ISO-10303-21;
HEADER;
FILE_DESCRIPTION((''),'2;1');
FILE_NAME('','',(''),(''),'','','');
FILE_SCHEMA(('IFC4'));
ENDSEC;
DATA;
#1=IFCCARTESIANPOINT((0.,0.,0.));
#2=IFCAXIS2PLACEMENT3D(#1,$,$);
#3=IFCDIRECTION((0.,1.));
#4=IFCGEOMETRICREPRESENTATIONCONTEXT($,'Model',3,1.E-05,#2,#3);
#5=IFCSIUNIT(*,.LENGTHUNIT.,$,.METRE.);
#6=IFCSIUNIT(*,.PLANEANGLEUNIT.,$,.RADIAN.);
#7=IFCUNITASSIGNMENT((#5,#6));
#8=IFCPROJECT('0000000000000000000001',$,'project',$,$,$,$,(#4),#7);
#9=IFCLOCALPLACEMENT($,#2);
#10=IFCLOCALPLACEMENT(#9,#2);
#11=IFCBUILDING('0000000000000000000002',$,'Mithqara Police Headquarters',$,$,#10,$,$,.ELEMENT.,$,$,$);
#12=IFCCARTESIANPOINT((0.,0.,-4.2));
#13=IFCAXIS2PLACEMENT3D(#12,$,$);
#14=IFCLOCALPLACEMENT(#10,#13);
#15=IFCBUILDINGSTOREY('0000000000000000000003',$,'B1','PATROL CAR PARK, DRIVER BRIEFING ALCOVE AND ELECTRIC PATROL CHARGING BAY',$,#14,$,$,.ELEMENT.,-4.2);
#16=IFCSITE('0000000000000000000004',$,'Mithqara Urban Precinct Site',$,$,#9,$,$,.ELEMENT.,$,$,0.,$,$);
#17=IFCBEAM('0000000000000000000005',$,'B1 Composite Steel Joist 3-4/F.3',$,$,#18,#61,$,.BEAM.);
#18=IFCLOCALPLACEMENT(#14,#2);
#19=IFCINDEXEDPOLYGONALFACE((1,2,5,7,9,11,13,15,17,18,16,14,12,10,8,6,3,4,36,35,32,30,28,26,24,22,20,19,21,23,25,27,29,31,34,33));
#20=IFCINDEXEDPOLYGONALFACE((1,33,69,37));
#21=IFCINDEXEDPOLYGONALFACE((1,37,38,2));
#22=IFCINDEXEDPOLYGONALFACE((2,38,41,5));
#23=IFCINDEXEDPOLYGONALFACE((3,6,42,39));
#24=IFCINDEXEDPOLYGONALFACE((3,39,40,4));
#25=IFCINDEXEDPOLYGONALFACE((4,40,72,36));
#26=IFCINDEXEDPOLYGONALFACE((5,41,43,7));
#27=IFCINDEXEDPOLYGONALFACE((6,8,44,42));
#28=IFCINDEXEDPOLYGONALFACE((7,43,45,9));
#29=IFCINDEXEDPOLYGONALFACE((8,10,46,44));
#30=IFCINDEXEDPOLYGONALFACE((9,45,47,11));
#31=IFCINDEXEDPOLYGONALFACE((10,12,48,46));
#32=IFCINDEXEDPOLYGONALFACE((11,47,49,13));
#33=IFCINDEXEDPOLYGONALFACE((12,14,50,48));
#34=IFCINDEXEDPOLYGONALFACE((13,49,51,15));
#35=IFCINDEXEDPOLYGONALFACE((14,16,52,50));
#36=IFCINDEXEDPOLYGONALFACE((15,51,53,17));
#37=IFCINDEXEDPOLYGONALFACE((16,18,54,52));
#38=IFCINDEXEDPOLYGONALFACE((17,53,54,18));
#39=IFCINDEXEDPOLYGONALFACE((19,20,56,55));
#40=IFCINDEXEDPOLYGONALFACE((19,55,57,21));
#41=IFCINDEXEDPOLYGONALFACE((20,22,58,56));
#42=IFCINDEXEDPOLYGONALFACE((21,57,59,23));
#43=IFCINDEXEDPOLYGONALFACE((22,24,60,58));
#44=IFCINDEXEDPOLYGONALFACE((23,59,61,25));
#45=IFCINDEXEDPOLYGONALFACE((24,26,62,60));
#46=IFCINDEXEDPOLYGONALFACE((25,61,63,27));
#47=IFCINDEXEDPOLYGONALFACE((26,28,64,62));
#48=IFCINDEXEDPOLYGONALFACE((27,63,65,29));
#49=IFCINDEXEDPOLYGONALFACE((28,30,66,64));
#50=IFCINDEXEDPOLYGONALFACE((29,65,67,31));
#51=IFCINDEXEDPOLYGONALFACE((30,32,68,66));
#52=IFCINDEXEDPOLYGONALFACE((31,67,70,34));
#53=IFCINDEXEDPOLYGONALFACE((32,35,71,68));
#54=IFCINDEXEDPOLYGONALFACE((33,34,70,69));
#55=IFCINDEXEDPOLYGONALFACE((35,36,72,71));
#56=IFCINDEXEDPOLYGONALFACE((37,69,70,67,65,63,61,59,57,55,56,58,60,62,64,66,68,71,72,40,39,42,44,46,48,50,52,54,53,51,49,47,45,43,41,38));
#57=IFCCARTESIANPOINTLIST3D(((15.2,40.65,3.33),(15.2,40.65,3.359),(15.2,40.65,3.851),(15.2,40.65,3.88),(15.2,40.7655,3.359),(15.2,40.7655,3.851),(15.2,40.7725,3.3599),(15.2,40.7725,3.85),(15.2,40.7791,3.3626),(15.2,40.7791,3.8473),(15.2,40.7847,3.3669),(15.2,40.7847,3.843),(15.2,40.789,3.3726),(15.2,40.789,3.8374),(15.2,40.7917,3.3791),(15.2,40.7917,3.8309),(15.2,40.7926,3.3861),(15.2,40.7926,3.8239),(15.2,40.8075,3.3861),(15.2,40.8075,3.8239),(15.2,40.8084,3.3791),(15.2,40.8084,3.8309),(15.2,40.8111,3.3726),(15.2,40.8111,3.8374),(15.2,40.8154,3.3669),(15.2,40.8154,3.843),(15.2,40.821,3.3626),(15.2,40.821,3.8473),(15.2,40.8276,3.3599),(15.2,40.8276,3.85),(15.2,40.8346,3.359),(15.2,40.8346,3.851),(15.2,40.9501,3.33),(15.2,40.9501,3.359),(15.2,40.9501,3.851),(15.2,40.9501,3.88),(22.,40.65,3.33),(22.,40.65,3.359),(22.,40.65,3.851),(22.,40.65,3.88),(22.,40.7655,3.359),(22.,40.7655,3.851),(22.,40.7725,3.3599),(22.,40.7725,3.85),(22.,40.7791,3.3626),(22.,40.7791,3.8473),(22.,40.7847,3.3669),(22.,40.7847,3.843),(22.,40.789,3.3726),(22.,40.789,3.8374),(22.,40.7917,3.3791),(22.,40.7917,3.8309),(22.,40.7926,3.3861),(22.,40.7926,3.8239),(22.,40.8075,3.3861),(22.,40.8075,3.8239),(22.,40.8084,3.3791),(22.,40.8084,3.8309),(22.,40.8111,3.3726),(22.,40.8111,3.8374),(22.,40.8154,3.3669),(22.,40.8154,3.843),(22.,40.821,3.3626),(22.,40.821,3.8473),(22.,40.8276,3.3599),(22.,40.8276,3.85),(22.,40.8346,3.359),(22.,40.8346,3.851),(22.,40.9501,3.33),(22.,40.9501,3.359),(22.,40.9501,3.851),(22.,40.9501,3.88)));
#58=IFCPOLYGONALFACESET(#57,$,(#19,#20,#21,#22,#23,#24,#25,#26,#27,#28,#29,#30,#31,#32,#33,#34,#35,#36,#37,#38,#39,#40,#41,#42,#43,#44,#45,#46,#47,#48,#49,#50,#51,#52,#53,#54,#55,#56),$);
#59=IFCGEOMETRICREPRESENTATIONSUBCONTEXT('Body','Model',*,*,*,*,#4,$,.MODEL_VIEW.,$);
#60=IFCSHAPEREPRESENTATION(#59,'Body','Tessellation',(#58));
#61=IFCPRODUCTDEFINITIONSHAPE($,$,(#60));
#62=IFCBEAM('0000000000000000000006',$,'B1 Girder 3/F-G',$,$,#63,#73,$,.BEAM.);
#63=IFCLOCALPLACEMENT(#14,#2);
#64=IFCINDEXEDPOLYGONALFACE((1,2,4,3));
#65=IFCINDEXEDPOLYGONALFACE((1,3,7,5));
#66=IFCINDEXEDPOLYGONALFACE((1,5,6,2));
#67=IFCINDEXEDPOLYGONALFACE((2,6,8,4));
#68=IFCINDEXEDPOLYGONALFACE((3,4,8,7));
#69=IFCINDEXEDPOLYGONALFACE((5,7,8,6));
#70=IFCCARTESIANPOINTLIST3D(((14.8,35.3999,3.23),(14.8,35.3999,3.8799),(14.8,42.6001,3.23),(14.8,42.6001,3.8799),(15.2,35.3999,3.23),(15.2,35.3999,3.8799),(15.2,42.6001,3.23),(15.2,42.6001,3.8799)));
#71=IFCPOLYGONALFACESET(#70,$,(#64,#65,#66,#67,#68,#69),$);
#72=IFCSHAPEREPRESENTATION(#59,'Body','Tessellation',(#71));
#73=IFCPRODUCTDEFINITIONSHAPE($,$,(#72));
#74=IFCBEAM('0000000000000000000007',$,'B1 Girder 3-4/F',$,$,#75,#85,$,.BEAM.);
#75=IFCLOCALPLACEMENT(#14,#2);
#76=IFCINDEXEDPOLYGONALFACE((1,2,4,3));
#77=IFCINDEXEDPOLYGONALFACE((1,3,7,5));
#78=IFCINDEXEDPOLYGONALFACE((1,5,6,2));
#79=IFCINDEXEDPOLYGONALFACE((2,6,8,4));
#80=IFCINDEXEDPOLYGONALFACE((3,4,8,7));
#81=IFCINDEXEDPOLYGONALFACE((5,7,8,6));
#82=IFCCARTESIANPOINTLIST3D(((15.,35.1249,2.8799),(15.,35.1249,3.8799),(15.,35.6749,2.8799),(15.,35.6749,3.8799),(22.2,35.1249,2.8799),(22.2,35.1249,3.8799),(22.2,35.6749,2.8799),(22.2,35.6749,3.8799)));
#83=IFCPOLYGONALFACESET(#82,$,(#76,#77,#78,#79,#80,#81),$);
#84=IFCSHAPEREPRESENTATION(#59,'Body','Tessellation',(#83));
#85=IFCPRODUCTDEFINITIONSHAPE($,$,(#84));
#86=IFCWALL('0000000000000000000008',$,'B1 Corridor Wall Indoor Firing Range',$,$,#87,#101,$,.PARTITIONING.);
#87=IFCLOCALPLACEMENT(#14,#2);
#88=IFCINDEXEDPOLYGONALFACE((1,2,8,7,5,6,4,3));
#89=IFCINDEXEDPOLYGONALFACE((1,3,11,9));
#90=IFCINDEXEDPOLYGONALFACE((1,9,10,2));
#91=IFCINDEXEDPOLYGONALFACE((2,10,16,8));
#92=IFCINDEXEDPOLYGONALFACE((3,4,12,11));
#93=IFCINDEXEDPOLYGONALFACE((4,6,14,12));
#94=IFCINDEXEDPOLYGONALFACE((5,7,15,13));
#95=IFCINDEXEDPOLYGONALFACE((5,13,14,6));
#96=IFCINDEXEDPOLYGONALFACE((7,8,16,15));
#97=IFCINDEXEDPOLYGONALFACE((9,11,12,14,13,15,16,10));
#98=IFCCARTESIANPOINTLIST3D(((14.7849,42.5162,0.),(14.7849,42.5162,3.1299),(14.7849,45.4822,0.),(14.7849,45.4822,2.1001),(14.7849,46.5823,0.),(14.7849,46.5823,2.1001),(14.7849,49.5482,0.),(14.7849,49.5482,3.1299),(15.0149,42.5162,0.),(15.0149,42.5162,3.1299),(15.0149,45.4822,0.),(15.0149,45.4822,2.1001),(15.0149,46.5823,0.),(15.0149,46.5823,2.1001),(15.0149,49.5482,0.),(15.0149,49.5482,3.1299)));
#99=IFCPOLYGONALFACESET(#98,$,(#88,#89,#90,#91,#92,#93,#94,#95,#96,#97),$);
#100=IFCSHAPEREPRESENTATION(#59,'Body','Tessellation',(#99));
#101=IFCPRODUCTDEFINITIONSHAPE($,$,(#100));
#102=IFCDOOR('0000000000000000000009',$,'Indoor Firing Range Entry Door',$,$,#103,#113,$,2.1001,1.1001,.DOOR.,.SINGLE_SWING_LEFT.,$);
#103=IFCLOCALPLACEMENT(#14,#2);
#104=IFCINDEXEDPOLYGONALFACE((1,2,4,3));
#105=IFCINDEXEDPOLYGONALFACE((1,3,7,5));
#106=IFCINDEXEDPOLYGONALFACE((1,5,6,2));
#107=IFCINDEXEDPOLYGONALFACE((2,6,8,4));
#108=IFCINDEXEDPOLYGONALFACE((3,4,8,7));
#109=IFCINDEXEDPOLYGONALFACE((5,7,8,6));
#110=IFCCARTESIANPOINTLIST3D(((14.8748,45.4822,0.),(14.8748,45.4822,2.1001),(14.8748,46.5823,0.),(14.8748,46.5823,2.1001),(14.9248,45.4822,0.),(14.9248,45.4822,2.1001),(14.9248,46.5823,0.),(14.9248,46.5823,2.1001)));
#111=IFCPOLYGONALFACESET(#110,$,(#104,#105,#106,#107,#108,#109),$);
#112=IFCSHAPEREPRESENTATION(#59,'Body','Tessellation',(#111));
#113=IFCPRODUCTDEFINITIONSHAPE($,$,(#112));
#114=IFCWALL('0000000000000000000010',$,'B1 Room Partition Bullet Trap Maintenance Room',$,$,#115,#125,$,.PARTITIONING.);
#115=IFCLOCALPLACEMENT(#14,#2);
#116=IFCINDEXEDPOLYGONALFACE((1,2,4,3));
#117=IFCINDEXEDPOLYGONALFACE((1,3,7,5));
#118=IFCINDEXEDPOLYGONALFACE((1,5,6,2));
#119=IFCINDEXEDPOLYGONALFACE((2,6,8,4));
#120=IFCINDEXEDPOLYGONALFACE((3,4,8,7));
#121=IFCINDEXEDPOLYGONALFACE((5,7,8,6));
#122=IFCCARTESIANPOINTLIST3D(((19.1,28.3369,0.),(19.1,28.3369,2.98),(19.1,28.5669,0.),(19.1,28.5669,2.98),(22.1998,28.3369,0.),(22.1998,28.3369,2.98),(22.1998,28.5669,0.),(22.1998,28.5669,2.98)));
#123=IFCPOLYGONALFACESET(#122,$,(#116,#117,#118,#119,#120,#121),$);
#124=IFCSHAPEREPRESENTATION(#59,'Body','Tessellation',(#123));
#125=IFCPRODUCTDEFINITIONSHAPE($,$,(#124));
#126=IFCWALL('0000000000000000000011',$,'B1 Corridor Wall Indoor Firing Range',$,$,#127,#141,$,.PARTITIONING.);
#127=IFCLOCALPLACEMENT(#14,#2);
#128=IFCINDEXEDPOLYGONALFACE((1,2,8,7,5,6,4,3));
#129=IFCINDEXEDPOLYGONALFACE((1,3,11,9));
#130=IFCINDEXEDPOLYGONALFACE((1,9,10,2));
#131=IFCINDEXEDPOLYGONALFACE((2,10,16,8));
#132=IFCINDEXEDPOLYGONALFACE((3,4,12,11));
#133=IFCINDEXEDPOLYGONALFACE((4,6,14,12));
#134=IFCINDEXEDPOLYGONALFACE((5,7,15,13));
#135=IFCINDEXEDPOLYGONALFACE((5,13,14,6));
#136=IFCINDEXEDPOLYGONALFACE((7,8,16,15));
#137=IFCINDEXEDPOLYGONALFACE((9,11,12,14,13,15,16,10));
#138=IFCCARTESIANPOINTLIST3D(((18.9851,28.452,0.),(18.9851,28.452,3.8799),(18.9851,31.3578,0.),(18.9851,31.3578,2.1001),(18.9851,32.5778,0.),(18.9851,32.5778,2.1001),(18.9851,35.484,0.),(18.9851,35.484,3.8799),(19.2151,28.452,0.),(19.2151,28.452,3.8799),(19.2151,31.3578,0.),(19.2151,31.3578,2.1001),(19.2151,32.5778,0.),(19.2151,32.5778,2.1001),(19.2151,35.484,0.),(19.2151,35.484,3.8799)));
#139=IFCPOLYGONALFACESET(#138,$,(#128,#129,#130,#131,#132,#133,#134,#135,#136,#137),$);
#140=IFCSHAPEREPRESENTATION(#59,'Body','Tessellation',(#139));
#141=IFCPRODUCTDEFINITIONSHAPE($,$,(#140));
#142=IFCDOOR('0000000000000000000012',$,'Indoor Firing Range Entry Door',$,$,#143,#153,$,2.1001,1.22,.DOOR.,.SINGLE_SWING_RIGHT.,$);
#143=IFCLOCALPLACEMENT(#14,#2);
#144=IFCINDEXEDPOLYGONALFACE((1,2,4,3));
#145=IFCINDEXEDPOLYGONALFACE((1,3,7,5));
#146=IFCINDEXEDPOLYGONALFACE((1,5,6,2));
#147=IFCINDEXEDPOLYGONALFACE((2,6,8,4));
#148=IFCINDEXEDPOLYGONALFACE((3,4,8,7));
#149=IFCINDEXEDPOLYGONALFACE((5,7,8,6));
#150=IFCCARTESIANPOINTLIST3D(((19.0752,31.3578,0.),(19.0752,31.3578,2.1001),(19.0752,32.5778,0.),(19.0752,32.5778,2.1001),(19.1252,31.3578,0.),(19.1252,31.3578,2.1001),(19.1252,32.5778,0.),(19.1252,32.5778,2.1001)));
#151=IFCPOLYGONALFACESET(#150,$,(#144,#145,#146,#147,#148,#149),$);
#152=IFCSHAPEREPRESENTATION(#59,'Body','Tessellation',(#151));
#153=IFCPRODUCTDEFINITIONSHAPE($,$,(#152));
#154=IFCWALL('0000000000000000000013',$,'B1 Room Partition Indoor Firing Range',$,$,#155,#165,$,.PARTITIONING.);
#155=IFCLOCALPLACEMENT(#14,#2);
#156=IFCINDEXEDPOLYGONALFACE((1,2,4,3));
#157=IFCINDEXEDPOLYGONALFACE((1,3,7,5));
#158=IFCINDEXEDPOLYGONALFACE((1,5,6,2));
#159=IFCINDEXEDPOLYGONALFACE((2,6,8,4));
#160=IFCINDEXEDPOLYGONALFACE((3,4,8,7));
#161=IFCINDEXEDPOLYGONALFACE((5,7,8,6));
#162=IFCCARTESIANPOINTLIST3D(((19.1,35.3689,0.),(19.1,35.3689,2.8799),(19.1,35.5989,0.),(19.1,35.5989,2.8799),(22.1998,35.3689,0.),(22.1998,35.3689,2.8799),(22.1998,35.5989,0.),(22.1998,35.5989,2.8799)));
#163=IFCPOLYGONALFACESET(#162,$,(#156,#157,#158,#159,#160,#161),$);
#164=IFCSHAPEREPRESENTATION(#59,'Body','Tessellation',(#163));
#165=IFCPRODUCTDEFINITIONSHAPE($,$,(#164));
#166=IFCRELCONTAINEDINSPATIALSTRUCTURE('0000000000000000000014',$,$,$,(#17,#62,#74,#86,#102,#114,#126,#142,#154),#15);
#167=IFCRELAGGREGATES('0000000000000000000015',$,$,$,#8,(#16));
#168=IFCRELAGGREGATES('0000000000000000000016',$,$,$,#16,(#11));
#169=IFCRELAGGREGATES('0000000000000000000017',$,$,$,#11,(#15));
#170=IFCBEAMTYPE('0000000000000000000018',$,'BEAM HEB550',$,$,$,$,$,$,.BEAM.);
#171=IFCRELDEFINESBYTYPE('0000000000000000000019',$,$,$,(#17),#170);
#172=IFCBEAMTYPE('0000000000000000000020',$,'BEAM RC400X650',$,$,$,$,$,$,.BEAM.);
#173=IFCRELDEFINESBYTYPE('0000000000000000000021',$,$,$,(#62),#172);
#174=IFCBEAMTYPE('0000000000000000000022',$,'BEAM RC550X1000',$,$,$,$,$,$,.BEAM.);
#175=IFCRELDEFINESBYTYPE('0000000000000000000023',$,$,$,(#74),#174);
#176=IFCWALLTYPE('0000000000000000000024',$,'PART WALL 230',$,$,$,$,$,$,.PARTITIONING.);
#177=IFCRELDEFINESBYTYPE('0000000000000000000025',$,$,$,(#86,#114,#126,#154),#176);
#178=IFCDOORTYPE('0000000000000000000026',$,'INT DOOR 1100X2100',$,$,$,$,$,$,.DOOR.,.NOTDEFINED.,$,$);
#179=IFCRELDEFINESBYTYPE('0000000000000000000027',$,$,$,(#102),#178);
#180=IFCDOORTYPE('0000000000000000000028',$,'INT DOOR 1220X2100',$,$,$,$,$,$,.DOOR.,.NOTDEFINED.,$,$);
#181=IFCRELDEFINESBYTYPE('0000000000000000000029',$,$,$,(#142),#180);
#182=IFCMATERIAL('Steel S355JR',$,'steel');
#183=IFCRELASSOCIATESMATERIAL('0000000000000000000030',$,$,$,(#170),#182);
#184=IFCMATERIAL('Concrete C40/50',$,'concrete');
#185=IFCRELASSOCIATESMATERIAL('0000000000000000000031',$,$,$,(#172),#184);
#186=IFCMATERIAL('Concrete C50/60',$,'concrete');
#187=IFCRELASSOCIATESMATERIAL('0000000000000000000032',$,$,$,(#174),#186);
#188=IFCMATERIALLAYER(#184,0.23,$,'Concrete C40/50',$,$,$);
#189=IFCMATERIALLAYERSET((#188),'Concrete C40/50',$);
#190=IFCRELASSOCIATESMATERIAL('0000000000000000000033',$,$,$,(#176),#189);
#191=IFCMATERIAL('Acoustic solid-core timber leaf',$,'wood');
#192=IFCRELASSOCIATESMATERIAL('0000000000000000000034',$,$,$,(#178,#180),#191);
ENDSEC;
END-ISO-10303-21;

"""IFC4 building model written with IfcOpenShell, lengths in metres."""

from ifc_helpers import new_model, si_unit, direction, frame, frame_2d, origin, origin_2d, place, context, subcontext, project, spatial, rectangle, i_section, extrude, material, layer, layer_set, material_profile, profile_set, type_object, element, fill, save


model = new_model("IFC4")

# Units and contexts
model_context = context("Model", 3, precision=1e-05, world=origin(), true_north=direction((0.0, 1.0)))
body_context = subcontext(model_context, "Body", "Model", "MODEL_VIEW")
ifc_project = project(units=[si_unit("LENGTHUNIT", "METRE"), si_unit("PLANEANGLEUNIT", "RADIAN")], contexts=[model_context])

# Site, building, storey
site_placement = place(None, origin())
site = spatial("IfcSite", under=ifc_project, at=site_placement, Name="Mithqara Urban Precinct Site", CompositionType="ELEMENT", RefElevation=0.0)
building_placement = place(site_placement, origin())
building = spatial("IfcBuilding", under=site, at=building_placement, Name="Mithqara Police Headquarters", CompositionType="ELEMENT")
storey_placement = place(building_placement, frame((0.0, 0.0, -4.2)))
storey = spatial("IfcBuildingStorey", under=building, at=storey_placement, Name="B1", Description="PATROL CAR PARK, DRIVER BRIEFING ALCOVE AND ELECTRIC PATROL CHARGING BAY", CompositionType="ELEMENT", Elevation=-4.2)

# Shared definitions
ifc_material_1 = material(Name="Concrete C40/50", Category="concrete")

# Shared definitions
ifc_material_2 = material(Name="Concrete C50/60", Category="concrete")

# Beams
ifc_material_3 = material(Name="Steel S355JR", Category="steel")
ifc_material_profile_1 = material_profile(ifc_material_3, i_section(OverallWidth=0.3, OverallDepth=0.55, WebThickness=0.0149, FlangeThickness=0.0291, FilletRadius=0.0271, at=origin_2d()), Name="HEB 550")
ifc_profile_set_1 = profile_set([ifc_material_profile_1], Name="Steel S355JR")
beam_type_1 = type_object("IfcBeamType", Name="BEAM HEB550", PredefinedType="BEAM", material=ifc_profile_set_1)
for number, where, z_axis, x_axis, name in (
    (1, (15.2, 40.8, 3.605), (1.0, 0.0, 0.0), (0.0, 1.0, 0.0), "B1 Composite Steel Joist 3-4/F.3"),
):
    element("IfcBeam", number, at=place(storey_placement, frame(where, z_axis=z_axis, x_axis=x_axis)), inside=storey, type_object=beam_type_1, Name=name, PredefinedType="BEAM", context=body_context, shape_type="SweptSolid", body=[
        extrude(i_section(OverallWidth=0.3, OverallDepth=0.55, WebThickness=0.0149, FlangeThickness=0.0291, FilletRadius=0.0271, at=origin_2d()), origin(), (0.0, 0.0, 1.0), 6.8),
    ])
ifc_material_profile_2 = material_profile(ifc_material_1, rectangle(XDim=0.3999, YDim=0.6499, at=origin_2d()), Name="RC 400x650")
ifc_profile_set_2 = profile_set([ifc_material_profile_2], Name="Concrete C40/50")
beam_type_2 = type_object("IfcBeamType", Name="BEAM RC400X650", PredefinedType="BEAM", material=ifc_profile_set_2)
beam_1_placement = place(storey_placement, frame((15.0, 35.3999, 3.5549), z_axis=(0.0, 1.0, 0.0), x_axis=(-1.0, 0.0, 0.0)))
element("IfcBeam", 2, at=beam_1_placement, inside=storey, type_object=beam_type_2, Name="B1 Girder 3/F-G", PredefinedType="BEAM", context=body_context, shape_type="SweptSolid", body=[
    extrude(rectangle(XDim=0.3999, YDim=0.6499, at=origin_2d()), origin(), (0.0, 0.0, 1.0), 7.2002),
])
ifc_material_profile_3 = material_profile(ifc_material_2, rectangle(XDim=0.55, YDim=1.0, at=origin_2d()), Name="RC 550x1000")
ifc_profile_set_3 = profile_set([ifc_material_profile_3], Name="Concrete C50/60")
beam_type_3 = type_object("IfcBeamType", Name="BEAM RC550X1000", PredefinedType="BEAM", material=ifc_profile_set_3)
beam_2_placement = place(storey_placement, frame((15.0, 35.3999, 3.3799), z_axis=(1.0, 0.0, 0.0), x_axis=(0.0, 1.0, 0.0)))
element("IfcBeam", 3, at=beam_2_placement, inside=storey, type_object=beam_type_3, Name="B1 Girder 3-4/F", PredefinedType="BEAM", context=body_context, shape_type="SweptSolid", body=[
    extrude(rectangle(XDim=0.55, YDim=1.0, at=origin_2d()), origin(), (0.0, 0.0, 1.0), 7.2),
])

# Wall, opening, door
ifc_layer = layer(ifc_material_1, 0.23, Name="Concrete C40/50")
ifc_layer_set = layer_set([ifc_layer], Name="Concrete C40/50")
wall_type = type_object("IfcWallType", Name="PART WALL 230", PredefinedType="PARTITIONING", material=ifc_layer_set)
wall_1_placement = place(storey_placement, frame((14.8999, 42.5161, 0.0), z_axis=(0.0, 0.0, 1.0), x_axis=(0.0, 1.0, 0.0)))
wall_1 = element("IfcWall", 4, at=wall_1_placement, inside=storey, type_object=wall_type, Name="B1 Corridor Wall Indoor Firing Range", PredefinedType="PARTITIONING", context=body_context, shape_type="SweptSolid", body=[
    extrude(rectangle(XDim=7.032, YDim=0.23, at=frame_2d((3.5161, 0.0))), origin(), (0.0, 0.0, 1.0), 3.1299),
])
opening_1_placement = place(wall_1_placement, frame((2.9661, 0.0, 0.0)))
opening_1 = element("IfcOpeningElement", 5, at=opening_1_placement, cuts=wall_1, PredefinedType="OPENING", context=body_context, shape_type="SweptSolid", body=[
    extrude(rectangle(XDim=1.1001, YDim=2.1001, at=frame_2d((0.55, 1.05))), frame((0.0, 0.125, 0.0), z_axis=(0.0, -1.0, 0.0), x_axis=(1.0, 0.0, 0.0)), (0.0, 0.0, 1.0), 0.25),
])
ifc_material_4 = material(Name="Acoustic solid-core timber leaf", Category="wood")
door_type_1 = type_object("IfcDoorType", Name="INT DOOR 1100X2100", OperationType="NOTDEFINED", PredefinedType="DOOR", material=ifc_material_4)
door_1_placement = place(opening_1_placement, frame((1.1001, 0.0, 0.0), z_axis=(0.0, 0.0, 1.0), x_axis=(-1.0, 0.0, 0.0)))
door_1 = element("IfcDoor", 6, at=door_1_placement, inside=storey, type_object=door_type_1, Name="Indoor Firing Range Entry Door", OperationType="SINGLE_SWING_LEFT", OverallHeight=2.1001, OverallWidth=1.1001, PredefinedType="DOOR", context=body_context, shape_type="SweptSolid", body=[
    extrude(rectangle(XDim=1.1001, YDim=2.1001, at=frame_2d((0.55, 1.05))), frame((0.0, 0.0249, 0.0), z_axis=(0.0, -1.0, 0.0), x_axis=(1.0, 0.0, 0.0)), (0.0, 0.0, 1.0), 0.05),
])
fill(opening_1, door_1)

# Wall
wall_2_placement = place(storey_placement, frame((19.1001, 28.4519, 0.0), z_axis=(0.0, 0.0, 1.0), x_axis=(1.0, 0.0, 0.0)))
element("IfcWall", 7, at=wall_2_placement, inside=storey, type_object=wall_type, Name="B1 Room Partition Bullet Trap Maintenance Room", PredefinedType="PARTITIONING", context=body_context, shape_type="SweptSolid", body=[
    extrude(rectangle(XDim=3.0999, YDim=0.23, at=frame_2d((1.5498, 0.0))), origin(), (0.0, 0.0, 1.0), 2.98),
])

# Wall, opening, door
wall_3_placement = place(storey_placement, frame((19.1001, 28.4519, 0.0), z_axis=(0.0, 0.0, 1.0), x_axis=(0.0, 1.0, 0.0)))
wall_3 = element("IfcWall", 8, at=wall_3_placement, inside=storey, type_object=wall_type, Name="B1 Corridor Wall Indoor Firing Range", PredefinedType="PARTITIONING", context=body_context, shape_type="SweptSolid", body=[
    extrude(rectangle(XDim=7.032, YDim=0.23, at=frame_2d((3.5161, 0.0))), origin(), (0.0, 0.0, 1.0), 3.8799),
])
opening_2_placement = place(wall_3_placement, frame((2.906, 0.0, 0.0)))
opening_2 = element("IfcOpeningElement", 9, at=opening_2_placement, cuts=wall_3, PredefinedType="OPENING", context=body_context, shape_type="SweptSolid", body=[
    extrude(rectangle(XDim=1.22, YDim=2.1001, at=frame_2d((0.6099, 1.05))), frame((0.0, 0.125, 0.0), z_axis=(0.0, -1.0, 0.0), x_axis=(1.0, 0.0, 0.0)), (0.0, 0.0, 1.0), 0.25),
])
door_type_2 = type_object("IfcDoorType", Name="INT DOOR 1220X2100", OperationType="NOTDEFINED", PredefinedType="DOOR", material=ifc_material_4)
door_2_placement = place(opening_2_placement, origin())
door_2 = element("IfcDoor", 10, at=door_2_placement, inside=storey, type_object=door_type_2, Name="Indoor Firing Range Entry Door", OperationType="SINGLE_SWING_RIGHT", OverallHeight=2.1001, OverallWidth=1.22, PredefinedType="DOOR", context=body_context, shape_type="SweptSolid", body=[
    extrude(rectangle(XDim=1.22, YDim=2.1001, at=frame_2d((0.6099, 1.05))), frame((0.0, 0.0249, 0.0), z_axis=(0.0, -1.0, 0.0), x_axis=(1.0, 0.0, 0.0)), (0.0, 0.0, 1.0), 0.05),
])
fill(opening_2, door_2)

# Wall
wall_4_placement = place(storey_placement, frame((19.1001, 35.4839, 0.0), z_axis=(0.0, 0.0, 1.0), x_axis=(1.0, 0.0, 0.0)))
element("IfcWall", 11, at=wall_4_placement, inside=storey, type_object=wall_type, Name="B1 Room Partition Indoor Firing Range", PredefinedType="PARTITIONING", context=body_context, shape_type="SweptSolid", body=[
    extrude(rectangle(XDim=3.0999, YDim=0.23, at=frame_2d((1.5498, 0.0))), origin(), (0.0, 0.0, 1.0), 2.8799),
])

save(model, "model.ifc")
